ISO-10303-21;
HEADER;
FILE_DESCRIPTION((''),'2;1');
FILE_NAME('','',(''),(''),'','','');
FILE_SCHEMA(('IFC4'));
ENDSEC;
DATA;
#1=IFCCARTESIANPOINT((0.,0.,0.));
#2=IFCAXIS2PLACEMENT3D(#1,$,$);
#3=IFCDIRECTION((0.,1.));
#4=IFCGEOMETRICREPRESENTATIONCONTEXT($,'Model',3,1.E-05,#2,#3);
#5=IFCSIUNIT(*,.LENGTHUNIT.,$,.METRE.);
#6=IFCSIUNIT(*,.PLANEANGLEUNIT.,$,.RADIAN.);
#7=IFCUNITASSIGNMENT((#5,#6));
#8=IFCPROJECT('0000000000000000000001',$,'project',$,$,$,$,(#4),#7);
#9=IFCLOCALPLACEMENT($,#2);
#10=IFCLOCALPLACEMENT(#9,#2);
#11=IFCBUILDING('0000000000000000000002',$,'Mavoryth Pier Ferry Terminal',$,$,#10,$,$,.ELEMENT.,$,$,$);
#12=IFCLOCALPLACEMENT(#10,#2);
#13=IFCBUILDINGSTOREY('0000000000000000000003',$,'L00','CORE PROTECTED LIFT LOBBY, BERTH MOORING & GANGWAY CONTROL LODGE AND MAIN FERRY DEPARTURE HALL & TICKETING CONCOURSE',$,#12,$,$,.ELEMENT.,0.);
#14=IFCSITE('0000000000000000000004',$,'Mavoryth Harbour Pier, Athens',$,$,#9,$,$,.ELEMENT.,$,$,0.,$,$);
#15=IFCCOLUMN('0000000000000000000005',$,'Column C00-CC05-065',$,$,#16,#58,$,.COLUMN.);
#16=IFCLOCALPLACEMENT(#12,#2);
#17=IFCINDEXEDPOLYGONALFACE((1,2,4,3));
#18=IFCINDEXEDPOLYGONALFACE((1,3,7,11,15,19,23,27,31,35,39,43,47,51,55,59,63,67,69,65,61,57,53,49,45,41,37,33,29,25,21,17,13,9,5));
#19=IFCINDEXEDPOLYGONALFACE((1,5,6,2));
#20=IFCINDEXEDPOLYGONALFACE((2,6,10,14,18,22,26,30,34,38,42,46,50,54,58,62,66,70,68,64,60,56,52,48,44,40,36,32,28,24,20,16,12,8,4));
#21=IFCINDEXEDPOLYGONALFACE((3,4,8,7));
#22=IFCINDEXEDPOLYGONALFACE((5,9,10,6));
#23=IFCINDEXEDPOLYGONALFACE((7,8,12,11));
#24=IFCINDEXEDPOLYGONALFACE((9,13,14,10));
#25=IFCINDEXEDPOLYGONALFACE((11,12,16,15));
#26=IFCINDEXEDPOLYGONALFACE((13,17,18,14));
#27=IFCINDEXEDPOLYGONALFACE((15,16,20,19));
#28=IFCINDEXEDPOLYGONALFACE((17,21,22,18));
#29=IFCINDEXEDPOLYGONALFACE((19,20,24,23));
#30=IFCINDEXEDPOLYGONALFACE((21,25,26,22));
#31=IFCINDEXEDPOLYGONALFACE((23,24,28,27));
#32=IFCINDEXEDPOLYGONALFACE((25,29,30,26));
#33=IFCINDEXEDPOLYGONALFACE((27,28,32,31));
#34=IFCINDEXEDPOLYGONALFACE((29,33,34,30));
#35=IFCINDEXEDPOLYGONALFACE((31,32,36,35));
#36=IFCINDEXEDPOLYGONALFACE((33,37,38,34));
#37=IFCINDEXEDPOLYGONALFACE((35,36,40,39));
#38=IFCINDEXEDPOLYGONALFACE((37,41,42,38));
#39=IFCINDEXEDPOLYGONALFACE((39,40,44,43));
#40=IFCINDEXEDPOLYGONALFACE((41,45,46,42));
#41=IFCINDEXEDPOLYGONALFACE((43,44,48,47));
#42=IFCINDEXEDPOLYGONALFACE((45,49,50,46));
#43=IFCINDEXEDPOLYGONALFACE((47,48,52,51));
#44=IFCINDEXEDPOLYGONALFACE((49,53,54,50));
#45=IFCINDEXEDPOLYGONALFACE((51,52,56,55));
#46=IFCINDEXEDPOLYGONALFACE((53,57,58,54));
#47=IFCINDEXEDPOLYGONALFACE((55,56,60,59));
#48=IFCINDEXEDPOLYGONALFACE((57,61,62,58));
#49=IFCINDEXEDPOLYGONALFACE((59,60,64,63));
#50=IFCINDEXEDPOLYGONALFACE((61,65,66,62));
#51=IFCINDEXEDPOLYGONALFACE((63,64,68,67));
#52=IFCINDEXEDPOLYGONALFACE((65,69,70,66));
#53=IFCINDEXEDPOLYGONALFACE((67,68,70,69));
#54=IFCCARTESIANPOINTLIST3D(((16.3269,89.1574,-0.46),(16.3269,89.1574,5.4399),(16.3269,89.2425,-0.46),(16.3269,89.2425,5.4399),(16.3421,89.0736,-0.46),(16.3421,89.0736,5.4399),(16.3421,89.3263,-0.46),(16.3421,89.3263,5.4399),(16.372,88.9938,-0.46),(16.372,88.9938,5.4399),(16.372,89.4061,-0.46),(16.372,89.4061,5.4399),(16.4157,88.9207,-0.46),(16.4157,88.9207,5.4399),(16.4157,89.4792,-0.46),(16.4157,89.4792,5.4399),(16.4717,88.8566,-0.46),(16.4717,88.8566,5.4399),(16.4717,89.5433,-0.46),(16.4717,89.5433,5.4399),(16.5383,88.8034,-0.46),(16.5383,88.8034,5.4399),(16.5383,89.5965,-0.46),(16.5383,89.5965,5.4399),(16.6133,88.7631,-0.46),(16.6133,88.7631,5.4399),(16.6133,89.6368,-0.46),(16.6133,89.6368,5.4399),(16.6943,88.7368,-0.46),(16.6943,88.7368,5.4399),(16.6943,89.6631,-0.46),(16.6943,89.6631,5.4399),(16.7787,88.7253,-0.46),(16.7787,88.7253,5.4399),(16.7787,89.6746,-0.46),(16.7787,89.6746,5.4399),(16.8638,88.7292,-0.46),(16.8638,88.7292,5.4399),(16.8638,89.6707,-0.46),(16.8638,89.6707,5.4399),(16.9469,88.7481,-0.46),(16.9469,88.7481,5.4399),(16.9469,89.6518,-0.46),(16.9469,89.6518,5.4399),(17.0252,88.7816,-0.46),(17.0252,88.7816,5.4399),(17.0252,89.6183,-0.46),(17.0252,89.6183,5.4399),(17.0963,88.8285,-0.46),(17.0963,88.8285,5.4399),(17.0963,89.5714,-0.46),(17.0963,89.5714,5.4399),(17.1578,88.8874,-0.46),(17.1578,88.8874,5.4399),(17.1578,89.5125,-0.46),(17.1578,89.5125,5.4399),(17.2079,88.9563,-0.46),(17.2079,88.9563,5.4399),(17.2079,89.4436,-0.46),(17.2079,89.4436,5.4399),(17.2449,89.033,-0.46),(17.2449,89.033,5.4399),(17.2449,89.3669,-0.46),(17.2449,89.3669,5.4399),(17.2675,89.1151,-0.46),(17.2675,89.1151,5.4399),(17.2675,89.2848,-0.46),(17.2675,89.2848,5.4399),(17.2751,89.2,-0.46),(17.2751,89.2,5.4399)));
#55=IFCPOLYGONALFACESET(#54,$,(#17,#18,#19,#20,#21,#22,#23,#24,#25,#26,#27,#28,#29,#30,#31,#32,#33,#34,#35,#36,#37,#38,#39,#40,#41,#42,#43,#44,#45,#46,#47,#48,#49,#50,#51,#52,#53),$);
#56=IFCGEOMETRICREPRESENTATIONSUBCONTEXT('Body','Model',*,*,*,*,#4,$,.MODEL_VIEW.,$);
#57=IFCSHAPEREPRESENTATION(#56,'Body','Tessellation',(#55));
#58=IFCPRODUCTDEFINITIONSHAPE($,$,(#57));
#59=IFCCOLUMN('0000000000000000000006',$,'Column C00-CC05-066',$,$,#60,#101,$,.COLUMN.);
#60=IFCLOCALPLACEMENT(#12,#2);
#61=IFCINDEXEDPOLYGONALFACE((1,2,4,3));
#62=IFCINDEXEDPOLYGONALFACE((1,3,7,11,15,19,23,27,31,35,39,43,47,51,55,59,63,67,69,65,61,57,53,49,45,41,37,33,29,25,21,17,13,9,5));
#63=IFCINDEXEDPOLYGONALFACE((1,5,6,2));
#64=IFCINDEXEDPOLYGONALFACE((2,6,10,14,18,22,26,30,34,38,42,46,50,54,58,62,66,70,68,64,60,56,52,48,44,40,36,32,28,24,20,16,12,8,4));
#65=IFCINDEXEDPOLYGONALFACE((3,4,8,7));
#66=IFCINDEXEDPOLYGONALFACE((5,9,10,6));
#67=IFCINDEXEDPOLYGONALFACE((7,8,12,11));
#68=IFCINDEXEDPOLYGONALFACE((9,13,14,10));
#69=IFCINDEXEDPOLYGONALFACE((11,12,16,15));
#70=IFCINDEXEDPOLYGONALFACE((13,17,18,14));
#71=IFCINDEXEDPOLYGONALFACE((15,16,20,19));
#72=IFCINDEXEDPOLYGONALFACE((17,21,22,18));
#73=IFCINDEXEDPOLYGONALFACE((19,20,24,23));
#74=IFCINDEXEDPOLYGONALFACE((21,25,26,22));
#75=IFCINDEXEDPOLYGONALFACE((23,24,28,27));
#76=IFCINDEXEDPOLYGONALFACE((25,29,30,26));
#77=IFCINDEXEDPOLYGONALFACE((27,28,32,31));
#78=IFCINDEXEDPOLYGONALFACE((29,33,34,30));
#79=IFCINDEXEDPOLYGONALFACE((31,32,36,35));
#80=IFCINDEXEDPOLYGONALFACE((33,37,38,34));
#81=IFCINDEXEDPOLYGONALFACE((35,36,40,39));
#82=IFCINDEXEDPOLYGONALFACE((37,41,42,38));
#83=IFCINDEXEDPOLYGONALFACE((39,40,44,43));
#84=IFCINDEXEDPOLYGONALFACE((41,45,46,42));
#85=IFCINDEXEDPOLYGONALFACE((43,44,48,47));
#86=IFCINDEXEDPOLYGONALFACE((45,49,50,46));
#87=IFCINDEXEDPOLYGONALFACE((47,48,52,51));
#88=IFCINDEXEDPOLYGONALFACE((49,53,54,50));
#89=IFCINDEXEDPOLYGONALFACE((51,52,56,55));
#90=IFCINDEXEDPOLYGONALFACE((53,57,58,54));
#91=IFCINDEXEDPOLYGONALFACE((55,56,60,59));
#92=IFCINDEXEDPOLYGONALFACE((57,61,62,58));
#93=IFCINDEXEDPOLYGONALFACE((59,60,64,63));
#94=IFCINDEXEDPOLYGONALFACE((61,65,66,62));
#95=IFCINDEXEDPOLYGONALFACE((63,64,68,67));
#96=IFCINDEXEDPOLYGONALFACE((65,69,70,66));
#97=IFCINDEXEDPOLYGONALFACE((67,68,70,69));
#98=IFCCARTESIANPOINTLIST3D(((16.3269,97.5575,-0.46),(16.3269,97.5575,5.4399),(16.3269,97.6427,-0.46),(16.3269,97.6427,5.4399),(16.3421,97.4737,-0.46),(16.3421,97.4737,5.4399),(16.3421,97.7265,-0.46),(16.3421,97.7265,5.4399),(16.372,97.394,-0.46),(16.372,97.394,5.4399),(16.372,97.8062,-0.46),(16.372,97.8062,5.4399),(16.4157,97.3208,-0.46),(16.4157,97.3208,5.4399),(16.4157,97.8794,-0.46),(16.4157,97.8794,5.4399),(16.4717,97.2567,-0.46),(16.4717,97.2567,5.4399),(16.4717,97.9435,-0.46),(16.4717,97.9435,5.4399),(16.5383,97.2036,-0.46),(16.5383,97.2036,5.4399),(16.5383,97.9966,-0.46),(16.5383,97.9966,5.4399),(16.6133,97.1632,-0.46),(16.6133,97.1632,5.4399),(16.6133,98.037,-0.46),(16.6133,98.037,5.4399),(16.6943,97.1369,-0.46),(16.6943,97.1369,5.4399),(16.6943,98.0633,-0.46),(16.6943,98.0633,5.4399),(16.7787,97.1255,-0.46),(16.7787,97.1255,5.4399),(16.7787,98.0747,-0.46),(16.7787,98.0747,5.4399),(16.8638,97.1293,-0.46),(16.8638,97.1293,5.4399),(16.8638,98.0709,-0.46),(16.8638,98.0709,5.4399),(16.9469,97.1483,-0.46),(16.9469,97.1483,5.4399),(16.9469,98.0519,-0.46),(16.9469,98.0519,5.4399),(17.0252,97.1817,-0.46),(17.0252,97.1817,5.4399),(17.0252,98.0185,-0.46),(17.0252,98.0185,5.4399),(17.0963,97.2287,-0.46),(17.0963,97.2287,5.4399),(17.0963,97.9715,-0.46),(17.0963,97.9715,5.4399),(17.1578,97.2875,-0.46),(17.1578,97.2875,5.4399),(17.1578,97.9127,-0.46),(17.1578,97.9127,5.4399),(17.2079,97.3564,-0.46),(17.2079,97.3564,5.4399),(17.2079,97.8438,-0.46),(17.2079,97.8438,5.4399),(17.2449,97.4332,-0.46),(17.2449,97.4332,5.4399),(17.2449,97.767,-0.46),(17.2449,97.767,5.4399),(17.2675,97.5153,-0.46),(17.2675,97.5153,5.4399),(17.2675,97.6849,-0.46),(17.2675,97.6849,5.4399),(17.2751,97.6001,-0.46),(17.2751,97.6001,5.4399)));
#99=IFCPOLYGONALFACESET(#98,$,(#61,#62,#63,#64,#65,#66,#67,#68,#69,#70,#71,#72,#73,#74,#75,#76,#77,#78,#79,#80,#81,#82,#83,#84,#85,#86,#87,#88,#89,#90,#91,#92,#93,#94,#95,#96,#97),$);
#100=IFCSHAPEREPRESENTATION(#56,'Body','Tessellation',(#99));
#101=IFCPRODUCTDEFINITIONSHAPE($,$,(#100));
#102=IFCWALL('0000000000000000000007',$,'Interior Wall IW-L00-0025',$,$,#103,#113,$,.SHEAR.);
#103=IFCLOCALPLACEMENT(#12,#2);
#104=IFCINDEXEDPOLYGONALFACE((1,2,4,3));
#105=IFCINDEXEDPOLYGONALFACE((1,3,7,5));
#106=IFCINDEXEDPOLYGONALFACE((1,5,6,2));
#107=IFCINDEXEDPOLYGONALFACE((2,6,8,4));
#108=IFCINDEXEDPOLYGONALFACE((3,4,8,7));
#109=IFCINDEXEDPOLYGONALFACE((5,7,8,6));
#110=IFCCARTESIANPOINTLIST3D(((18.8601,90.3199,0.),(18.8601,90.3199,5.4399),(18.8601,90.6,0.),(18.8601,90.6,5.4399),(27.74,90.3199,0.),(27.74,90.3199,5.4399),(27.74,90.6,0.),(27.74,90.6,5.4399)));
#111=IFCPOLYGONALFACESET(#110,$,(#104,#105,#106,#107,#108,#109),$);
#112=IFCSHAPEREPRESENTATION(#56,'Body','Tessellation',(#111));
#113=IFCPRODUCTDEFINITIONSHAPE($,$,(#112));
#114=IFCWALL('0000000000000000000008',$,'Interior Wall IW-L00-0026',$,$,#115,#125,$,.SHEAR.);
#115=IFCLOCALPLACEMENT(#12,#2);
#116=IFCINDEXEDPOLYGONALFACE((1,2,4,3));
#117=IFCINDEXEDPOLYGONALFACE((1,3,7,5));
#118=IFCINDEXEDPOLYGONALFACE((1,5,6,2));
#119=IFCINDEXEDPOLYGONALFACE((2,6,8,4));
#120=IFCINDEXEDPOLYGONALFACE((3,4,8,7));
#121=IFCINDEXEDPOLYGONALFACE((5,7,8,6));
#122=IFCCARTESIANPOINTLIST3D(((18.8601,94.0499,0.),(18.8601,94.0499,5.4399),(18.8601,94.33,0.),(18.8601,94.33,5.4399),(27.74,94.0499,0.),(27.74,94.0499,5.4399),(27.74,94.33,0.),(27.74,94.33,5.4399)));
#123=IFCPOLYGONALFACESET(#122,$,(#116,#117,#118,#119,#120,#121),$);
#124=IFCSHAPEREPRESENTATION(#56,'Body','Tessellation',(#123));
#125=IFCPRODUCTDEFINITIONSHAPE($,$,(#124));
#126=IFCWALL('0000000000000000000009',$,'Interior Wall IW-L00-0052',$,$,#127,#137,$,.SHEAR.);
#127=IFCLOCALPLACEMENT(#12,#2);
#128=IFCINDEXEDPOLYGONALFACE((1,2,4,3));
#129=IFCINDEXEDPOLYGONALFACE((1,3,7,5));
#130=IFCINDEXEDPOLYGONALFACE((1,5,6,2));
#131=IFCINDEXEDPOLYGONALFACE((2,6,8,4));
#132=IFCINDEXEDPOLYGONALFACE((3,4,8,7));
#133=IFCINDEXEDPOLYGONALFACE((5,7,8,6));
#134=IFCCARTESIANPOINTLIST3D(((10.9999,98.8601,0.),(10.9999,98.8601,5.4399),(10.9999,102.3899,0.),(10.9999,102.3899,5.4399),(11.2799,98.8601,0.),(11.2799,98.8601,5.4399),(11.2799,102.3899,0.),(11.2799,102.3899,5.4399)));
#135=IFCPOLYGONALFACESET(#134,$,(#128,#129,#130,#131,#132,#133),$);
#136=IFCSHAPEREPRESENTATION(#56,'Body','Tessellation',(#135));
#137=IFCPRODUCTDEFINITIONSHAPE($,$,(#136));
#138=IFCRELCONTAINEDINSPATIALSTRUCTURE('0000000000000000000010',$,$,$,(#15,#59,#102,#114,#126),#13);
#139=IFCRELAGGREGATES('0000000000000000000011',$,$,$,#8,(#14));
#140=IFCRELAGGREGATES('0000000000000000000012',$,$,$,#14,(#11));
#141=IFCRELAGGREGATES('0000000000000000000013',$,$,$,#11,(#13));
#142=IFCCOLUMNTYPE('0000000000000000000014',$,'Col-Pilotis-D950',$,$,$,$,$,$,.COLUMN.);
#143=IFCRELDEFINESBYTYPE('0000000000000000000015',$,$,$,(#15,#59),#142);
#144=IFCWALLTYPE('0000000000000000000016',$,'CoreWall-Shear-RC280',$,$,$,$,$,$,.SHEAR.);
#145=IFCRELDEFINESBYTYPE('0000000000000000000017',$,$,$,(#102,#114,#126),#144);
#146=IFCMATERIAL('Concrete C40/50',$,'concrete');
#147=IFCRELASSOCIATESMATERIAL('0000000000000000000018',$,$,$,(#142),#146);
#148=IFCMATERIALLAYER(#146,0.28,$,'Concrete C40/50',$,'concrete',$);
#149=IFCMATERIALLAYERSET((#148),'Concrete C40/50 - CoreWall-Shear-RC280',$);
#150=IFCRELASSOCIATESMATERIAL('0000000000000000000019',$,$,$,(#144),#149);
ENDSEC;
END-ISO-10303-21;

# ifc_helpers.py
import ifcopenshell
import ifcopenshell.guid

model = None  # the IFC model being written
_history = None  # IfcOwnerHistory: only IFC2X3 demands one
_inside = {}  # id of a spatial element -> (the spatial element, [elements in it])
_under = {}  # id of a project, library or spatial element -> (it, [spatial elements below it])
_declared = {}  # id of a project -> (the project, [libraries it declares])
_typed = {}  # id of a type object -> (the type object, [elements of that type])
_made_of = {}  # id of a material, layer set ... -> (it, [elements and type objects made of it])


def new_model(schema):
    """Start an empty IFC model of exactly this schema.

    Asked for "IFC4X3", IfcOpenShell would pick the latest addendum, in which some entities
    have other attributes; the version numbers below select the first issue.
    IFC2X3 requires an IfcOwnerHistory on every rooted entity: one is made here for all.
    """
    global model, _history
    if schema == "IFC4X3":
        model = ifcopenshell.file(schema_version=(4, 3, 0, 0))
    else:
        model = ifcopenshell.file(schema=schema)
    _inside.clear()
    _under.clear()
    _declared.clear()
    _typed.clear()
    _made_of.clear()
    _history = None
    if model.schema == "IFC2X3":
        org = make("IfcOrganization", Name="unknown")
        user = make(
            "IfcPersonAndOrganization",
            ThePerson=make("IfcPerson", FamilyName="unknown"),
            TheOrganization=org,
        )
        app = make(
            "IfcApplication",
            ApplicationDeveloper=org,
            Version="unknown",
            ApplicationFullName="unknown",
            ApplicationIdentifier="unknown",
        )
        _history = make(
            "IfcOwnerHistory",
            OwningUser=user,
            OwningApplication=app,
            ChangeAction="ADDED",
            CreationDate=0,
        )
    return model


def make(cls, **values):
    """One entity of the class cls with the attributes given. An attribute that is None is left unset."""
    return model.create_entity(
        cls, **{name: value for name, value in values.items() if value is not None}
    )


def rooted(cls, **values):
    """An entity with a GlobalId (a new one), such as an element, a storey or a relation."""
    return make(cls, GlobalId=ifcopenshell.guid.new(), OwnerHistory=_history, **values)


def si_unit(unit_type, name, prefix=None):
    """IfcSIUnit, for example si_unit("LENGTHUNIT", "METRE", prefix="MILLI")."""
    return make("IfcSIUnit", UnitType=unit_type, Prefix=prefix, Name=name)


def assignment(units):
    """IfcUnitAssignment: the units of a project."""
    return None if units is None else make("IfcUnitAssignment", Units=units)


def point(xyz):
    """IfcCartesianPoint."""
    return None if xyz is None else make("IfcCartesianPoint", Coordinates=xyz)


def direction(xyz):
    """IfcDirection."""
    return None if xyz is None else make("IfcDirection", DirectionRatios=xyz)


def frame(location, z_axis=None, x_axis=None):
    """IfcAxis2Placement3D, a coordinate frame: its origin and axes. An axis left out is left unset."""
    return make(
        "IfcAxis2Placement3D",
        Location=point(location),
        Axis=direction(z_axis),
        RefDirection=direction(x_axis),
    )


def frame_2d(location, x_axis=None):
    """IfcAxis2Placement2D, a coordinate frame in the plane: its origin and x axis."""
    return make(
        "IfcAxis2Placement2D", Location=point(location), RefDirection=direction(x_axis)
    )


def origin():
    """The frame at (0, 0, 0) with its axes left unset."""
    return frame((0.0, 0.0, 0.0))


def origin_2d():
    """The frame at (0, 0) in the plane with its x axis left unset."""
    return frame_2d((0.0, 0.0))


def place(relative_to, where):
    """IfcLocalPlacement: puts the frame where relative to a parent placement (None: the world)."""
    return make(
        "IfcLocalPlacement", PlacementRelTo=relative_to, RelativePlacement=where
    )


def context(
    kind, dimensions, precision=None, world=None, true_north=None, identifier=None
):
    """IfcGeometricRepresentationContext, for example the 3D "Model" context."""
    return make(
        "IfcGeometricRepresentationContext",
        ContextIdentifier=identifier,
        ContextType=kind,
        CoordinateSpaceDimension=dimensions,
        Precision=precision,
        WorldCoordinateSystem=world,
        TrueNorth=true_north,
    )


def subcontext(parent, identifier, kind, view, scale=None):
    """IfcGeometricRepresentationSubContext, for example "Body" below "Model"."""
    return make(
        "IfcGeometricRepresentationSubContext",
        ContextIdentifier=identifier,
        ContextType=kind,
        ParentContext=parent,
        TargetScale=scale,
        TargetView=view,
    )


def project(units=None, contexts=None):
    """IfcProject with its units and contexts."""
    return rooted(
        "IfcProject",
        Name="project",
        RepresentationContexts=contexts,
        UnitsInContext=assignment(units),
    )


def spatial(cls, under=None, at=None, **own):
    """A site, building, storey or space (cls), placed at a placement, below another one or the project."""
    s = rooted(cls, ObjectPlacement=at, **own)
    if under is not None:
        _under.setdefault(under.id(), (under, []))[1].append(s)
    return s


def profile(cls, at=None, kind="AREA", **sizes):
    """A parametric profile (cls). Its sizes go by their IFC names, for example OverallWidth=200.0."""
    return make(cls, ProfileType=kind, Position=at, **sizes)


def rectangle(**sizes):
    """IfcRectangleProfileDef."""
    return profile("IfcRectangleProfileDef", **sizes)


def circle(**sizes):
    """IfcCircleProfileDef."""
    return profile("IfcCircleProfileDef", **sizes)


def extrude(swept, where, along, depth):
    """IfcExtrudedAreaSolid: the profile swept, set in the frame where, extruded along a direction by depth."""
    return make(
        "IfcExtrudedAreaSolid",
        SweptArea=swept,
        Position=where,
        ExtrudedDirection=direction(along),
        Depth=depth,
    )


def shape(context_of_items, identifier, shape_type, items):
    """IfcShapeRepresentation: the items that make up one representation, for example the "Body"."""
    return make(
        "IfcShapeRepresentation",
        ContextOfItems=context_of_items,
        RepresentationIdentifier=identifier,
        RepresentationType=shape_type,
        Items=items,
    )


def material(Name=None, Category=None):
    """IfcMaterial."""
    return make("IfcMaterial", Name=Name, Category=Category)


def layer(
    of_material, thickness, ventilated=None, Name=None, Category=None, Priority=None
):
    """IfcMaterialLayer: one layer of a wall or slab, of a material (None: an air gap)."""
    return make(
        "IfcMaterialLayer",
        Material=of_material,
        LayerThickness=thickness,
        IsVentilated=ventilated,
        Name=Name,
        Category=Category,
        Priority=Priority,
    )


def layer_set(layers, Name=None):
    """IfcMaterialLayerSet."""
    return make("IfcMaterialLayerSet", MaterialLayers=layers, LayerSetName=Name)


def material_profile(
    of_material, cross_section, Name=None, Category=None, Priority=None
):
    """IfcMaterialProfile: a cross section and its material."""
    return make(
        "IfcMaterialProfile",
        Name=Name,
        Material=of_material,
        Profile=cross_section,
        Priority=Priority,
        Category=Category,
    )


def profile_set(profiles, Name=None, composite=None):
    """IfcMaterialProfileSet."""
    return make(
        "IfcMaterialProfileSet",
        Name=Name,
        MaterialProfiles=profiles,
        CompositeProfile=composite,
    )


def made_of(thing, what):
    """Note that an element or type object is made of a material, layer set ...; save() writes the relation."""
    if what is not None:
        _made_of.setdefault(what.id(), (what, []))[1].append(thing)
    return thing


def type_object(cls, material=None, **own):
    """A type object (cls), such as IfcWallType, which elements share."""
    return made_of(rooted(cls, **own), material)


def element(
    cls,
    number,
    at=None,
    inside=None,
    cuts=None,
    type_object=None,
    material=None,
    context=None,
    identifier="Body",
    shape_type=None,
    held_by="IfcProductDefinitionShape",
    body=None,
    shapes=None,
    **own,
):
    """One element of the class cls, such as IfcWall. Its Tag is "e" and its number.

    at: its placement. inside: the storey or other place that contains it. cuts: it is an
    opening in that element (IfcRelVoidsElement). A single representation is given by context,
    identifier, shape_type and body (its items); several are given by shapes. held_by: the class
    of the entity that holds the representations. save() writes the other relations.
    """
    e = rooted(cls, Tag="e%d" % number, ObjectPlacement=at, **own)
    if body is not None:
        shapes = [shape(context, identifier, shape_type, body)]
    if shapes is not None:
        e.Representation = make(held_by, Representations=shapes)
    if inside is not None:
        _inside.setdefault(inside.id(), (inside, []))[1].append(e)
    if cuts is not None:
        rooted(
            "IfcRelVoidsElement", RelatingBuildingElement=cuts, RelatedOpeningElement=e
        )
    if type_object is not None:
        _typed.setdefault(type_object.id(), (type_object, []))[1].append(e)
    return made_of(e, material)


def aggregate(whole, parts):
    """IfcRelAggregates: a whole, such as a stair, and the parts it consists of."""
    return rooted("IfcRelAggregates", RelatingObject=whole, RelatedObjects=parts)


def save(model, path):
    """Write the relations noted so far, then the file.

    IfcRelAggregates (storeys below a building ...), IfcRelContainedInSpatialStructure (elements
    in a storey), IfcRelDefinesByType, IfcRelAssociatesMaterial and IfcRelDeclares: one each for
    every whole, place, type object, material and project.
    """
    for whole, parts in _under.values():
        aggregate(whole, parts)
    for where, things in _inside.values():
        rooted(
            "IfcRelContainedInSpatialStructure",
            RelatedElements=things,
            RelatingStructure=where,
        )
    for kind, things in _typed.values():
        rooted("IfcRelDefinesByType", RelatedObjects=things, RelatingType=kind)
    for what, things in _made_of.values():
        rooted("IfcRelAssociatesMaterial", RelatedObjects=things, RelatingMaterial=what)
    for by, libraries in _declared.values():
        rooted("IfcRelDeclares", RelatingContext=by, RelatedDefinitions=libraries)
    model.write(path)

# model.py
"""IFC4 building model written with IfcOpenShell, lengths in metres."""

from ifc_helpers import new_model, si_unit, direction, frame, frame_2d, origin, origin_2d, place, context, subcontext, project, spatial, rectangle, circle, extrude, material, layer, layer_set, material_profile, profile_set, type_object, element, save


model = new_model("IFC4")

# Units and contexts
model_context = context("Model", 3, precision=1e-05, world=origin(), true_north=direction((0.0, 1.0)))
body_context = subcontext(model_context, "Body", "Model", "MODEL_VIEW")
ifc_project = project(units=[si_unit("LENGTHUNIT", "METRE"), si_unit("PLANEANGLEUNIT", "RADIAN")], contexts=[model_context])

# Site, building, storey
site_placement = place(None, origin())
site = spatial("IfcSite", under=ifc_project, at=site_placement, Name="Mavoryth Harbour Pier, Athens", CompositionType="ELEMENT", RefElevation=0.0)
building_placement = place(site_placement, origin())
building = spatial("IfcBuilding", under=site, at=building_placement, Name="Mavoryth Pier Ferry Terminal", CompositionType="ELEMENT")
storey_placement = place(building_placement, origin())
storey = spatial("IfcBuildingStorey", under=building, at=storey_placement, Name="L00", Description="CORE PROTECTED LIFT LOBBY, BERTH MOORING & GANGWAY CONTROL LODGE AND MAIN FERRY DEPARTURE HALL & TICKETING CONCOURSE", CompositionType="ELEMENT", Elevation=0.0)

# Columns
ifc_material_1 = material(Name="Concrete C40/50", Category="concrete")
ifc_material_profile_1 = material_profile(ifc_material_1, circle(Radius=0.4751, at=origin_2d()), Name="RC D950", Category="concrete")
ifc_profile_set_1 = profile_set([ifc_material_profile_1], Name="Concrete C40/50 - RC D950")
column_type = type_object("IfcColumnType", Name="Col-Pilotis-D950", PredefinedType="COLUMN", material=ifc_profile_set_1)
for number, where, z_axis, x_axis, name in (
    (1, (16.8, 89.2, -0.46), (0.0, 0.0, 1.0), (1.0, 0.0, 0.0), "Column C00-CC05-065"),
    (2, (16.8, 97.6001, -0.46), (0.0, 0.0, 1.0), (1.0, 0.0, 0.0), "Column C00-CC05-066"),
):
    element("IfcColumn", number, at=place(storey_placement, frame(where, z_axis=z_axis, x_axis=x_axis)), inside=storey, type_object=column_type, Name=name, PredefinedType="COLUMN", context=body_context, shape_type="SweptSolid", body=[
        extrude(circle(Radius=0.4751, at=origin_2d()), origin(), (0.0, 0.0, 1.0), 5.8999),
    ])

# Walls
ifc_layer = layer(ifc_material_1, 0.28, Name="Concrete C40/50", Category="concrete")
ifc_layer_set = layer_set([ifc_layer], Name="Concrete C40/50 - CoreWall-Shear-RC280")
wall_type = type_object("IfcWallType", Name="CoreWall-Shear-RC280", PredefinedType="SHEAR", material=ifc_layer_set)
for number, where, z_axis, x_axis, name in (
    (3, (18.8601, 90.46, 0.0), (0.0, 0.0, 1.0), (1.0, 0.0, 0.0), "Interior Wall IW-L00-0025"),
    (4, (18.8601, 94.1899, 0.0), (0.0, 0.0, 1.0), (1.0, 0.0, 0.0), "Interior Wall IW-L00-0026"),
):
    element("IfcWall", number, at=place(storey_placement, frame(where, z_axis=z_axis, x_axis=x_axis)), inside=storey, type_object=wall_type, Name=name, PredefinedType="SHEAR", context=body_context, shape_type="SweptSolid", body=[
        extrude(rectangle(XDim=8.8799, YDim=0.28, at=frame_2d((4.4399, 0.0))), origin(), (0.0, 0.0, 1.0), 5.4399),
    ])

# Wall
wall_1_placement = place(storey_placement, frame((11.1399, 98.8601, 0.0), z_axis=(0.0, 0.0, 1.0), x_axis=(0.0, 1.0, 0.0)))
element("IfcWall", 5, at=wall_1_placement, inside=storey, type_object=wall_type, Name="Interior Wall IW-L00-0052", PredefinedType="SHEAR", context=body_context, shape_type="SweptSolid", body=[
    extrude(rectangle(XDim=3.5298, YDim=0.28, at=frame_2d((1.7649, 0.0))), origin(), (0.0, 0.0, 1.0), 5.4399),
])

save(model, "model.ifc")
